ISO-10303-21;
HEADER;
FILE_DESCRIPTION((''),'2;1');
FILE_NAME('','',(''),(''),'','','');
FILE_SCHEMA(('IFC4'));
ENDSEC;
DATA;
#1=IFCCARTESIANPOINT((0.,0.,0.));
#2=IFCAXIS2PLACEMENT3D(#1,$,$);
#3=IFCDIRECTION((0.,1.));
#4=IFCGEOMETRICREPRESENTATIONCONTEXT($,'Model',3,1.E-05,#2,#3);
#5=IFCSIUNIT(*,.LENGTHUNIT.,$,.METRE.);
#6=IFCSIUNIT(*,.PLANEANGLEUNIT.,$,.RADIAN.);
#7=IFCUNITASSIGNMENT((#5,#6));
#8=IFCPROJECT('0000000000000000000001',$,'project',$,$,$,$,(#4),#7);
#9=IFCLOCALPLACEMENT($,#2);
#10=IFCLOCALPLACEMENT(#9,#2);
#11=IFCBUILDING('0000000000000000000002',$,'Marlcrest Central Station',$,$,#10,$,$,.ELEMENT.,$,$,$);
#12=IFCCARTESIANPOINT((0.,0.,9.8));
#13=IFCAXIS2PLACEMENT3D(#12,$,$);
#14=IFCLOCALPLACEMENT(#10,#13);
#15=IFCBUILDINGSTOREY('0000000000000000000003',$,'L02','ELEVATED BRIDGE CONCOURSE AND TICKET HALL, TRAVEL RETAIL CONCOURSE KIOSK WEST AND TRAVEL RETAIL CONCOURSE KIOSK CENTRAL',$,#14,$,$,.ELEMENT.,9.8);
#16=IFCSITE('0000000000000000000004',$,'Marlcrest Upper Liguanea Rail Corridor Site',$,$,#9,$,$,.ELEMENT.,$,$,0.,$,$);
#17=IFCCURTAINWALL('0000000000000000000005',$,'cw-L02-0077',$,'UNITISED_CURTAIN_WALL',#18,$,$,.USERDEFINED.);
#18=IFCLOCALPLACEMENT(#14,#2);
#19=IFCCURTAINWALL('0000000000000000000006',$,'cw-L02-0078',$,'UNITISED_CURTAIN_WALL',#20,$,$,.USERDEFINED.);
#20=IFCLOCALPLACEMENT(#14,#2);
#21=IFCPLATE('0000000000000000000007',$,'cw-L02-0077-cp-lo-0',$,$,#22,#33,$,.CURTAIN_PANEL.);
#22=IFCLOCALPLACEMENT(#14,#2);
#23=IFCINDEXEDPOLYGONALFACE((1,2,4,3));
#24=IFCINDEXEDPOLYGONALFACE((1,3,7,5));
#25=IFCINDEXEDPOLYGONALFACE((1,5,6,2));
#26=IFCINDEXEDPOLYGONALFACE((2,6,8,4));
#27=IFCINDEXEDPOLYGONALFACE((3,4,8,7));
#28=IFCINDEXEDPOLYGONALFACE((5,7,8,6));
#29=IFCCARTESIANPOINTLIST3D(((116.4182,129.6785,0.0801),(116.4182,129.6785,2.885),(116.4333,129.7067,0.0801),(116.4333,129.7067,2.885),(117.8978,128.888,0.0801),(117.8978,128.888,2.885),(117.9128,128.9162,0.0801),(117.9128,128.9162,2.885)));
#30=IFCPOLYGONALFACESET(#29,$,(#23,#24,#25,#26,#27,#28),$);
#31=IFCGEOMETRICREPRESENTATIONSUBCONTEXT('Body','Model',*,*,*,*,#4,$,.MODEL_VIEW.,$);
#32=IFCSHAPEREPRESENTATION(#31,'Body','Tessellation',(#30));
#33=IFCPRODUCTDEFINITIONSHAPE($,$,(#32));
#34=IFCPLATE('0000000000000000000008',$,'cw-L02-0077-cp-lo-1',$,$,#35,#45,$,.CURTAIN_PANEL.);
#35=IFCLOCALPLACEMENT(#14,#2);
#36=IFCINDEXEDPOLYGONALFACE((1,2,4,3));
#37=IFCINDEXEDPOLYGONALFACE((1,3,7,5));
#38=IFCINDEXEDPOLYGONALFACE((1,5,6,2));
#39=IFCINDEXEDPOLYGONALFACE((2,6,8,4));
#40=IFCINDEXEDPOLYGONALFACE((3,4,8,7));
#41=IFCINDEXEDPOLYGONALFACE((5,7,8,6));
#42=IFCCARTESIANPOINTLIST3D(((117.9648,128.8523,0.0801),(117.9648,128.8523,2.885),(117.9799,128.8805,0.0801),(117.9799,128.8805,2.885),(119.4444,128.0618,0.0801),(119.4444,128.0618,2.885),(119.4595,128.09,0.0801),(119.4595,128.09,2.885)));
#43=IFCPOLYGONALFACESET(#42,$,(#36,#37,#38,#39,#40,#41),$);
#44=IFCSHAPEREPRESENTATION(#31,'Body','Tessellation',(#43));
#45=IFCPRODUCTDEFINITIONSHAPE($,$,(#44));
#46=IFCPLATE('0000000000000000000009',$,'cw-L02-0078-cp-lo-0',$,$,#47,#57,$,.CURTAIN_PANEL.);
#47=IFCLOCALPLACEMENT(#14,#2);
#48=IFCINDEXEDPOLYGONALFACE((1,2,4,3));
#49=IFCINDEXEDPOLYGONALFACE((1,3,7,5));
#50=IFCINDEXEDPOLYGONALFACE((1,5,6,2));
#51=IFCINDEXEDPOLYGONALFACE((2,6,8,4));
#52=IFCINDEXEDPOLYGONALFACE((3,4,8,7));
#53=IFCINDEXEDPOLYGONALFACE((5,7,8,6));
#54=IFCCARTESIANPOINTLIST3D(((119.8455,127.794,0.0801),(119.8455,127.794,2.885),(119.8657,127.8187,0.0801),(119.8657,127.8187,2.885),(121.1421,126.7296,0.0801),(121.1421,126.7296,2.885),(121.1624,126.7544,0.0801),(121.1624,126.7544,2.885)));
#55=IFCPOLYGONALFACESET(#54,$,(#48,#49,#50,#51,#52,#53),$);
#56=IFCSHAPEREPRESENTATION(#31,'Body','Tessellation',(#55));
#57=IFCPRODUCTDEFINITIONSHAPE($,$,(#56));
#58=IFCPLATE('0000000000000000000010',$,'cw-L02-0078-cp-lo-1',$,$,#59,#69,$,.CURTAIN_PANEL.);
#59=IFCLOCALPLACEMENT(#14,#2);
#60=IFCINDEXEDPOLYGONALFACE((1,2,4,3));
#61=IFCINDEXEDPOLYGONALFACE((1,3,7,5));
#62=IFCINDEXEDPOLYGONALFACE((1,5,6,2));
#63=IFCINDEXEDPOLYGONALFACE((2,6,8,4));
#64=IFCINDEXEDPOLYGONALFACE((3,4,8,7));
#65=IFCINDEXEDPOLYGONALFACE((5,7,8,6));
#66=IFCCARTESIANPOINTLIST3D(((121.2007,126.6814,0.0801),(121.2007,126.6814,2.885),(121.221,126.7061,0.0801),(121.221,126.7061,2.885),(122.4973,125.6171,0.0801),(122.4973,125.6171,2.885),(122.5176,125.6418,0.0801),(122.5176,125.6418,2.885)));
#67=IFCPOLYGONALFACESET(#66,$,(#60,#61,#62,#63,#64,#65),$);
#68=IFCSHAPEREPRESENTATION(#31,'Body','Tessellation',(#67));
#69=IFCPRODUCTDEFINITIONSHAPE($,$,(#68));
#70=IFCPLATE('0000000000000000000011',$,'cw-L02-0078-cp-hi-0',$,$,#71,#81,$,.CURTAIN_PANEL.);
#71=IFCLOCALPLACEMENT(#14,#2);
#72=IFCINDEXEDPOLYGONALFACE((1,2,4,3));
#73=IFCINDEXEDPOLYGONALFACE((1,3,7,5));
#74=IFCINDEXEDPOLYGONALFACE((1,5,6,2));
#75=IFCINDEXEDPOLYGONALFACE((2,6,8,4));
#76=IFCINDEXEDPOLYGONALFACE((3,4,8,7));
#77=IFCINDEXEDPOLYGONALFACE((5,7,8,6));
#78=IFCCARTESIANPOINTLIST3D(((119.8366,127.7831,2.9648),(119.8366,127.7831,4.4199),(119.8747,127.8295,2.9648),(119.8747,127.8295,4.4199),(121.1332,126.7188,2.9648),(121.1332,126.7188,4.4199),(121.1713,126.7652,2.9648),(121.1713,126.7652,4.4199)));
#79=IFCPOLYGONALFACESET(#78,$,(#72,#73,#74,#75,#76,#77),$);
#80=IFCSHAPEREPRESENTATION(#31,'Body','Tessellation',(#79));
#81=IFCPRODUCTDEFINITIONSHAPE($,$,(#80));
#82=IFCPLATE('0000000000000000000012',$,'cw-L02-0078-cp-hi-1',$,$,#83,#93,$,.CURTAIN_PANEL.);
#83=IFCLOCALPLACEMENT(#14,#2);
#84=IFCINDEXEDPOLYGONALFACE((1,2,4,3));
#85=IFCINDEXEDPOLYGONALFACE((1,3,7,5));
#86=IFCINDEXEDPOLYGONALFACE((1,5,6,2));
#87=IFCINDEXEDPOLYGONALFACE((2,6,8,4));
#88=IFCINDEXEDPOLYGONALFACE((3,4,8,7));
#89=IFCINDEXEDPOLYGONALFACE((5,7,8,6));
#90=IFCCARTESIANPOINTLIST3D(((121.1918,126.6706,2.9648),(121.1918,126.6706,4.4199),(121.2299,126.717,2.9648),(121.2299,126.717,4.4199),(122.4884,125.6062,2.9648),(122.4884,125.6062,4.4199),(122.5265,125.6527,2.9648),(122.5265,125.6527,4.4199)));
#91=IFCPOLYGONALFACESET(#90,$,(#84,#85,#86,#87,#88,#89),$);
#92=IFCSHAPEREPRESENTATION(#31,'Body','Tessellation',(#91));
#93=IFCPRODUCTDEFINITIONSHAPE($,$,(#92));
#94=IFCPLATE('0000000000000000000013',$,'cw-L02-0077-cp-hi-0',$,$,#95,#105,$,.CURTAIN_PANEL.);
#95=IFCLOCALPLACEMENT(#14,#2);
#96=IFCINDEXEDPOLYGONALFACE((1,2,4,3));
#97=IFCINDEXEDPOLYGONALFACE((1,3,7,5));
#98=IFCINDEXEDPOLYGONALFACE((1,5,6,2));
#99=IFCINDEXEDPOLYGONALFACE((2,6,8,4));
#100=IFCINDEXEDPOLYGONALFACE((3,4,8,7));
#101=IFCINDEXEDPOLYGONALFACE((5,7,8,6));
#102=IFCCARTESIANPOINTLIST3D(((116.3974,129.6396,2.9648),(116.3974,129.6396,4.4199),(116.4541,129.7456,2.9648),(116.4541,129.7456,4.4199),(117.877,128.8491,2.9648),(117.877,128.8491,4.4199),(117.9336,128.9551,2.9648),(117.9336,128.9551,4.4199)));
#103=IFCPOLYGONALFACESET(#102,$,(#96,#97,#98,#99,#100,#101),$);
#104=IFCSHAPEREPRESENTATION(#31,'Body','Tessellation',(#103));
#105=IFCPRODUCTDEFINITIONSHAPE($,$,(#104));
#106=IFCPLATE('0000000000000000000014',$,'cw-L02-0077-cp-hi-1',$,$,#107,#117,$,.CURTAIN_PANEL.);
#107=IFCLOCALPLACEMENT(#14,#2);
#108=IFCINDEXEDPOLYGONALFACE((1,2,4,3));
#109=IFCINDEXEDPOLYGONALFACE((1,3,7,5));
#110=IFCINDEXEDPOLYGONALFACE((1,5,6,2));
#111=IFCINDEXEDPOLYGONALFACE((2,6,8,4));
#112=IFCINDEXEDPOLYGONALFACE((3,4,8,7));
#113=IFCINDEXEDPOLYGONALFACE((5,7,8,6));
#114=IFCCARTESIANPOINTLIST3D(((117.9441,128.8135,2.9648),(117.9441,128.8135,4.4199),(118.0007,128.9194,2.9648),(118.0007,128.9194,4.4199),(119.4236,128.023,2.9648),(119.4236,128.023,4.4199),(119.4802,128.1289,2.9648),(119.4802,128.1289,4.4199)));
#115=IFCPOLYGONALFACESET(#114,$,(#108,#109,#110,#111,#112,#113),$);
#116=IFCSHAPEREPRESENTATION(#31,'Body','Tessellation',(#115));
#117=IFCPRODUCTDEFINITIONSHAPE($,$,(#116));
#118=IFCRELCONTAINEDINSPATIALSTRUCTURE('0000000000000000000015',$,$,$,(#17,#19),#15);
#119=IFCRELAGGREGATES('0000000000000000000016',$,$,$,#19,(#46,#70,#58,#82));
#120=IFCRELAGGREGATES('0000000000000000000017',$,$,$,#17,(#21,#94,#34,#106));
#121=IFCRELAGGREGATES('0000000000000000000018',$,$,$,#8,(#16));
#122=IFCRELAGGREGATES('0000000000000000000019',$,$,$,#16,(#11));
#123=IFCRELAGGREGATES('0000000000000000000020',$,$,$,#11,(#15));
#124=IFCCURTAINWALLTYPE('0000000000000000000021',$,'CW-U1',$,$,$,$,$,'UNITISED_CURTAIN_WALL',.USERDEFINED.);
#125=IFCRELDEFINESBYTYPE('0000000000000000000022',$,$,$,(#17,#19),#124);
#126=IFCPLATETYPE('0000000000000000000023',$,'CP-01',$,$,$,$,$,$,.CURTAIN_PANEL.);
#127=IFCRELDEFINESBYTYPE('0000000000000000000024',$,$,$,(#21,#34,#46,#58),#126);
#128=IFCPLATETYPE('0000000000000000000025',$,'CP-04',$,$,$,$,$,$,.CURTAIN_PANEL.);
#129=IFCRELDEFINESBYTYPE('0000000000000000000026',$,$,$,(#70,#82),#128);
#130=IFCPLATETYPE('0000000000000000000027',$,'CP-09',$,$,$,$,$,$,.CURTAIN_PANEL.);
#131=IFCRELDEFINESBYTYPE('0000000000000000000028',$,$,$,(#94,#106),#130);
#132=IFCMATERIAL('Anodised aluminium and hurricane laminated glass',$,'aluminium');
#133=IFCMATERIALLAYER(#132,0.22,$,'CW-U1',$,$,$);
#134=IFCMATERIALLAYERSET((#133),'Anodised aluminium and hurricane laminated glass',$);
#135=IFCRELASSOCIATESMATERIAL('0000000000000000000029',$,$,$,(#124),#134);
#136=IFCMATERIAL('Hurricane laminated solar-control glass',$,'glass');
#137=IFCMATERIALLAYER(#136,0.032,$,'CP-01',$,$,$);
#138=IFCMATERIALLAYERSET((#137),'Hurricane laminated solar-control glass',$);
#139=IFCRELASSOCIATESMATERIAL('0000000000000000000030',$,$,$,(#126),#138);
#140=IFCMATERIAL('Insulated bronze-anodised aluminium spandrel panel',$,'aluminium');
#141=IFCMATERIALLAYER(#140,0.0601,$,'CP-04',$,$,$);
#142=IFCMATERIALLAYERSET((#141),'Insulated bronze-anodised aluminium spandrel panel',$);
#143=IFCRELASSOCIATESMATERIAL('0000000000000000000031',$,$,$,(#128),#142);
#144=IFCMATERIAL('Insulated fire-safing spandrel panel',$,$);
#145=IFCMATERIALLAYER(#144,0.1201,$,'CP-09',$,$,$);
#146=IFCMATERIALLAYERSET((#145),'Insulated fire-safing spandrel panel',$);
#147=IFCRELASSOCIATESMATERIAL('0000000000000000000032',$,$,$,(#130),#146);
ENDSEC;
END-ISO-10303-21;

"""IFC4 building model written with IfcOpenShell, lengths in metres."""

from ifc_helpers import new_model, si_unit, direction, frame, origin, origin_2d, place, context, subcontext, project, spatial, rectangle, extrude, material, layer, layer_set, type_object, element, aggregate, save


model = new_model("IFC4")

# Units and contexts
model_context = context("Model", 3, precision=1e-05, world=origin(), true_north=direction((0.0, 1.0)))
body_context = subcontext(model_context, "Body", "Model", "MODEL_VIEW")
ifc_project = project(units=[si_unit("LENGTHUNIT", "METRE"), si_unit("PLANEANGLEUNIT", "RADIAN")], contexts=[model_context])

# Site, building, storey
site_placement = place(None, origin())
site = spatial("IfcSite", under=ifc_project, at=site_placement, Name="Marlcrest Upper Liguanea Rail Corridor Site", CompositionType="ELEMENT", RefElevation=0.0)
building_placement = place(site_placement, origin())
building = spatial("IfcBuilding", under=site, at=building_placement, Name="Marlcrest Central Station", CompositionType="ELEMENT")
storey_placement = place(building_placement, frame((0.0, 0.0, 9.8)))
storey = spatial("IfcBuildingStorey", under=building, at=storey_placement, Name="L02", Description="ELEVATED BRIDGE CONCOURSE AND TICKET HALL, TRAVEL RETAIL CONCOURSE KIOSK WEST AND TRAVEL RETAIL CONCOURSE KIOSK CENTRAL", CompositionType="ELEMENT", Elevation=9.8)

# Curtain walls
ifc_material_1 = material(Name="Anodised aluminium and hurricane laminated glass", Category="aluminium")
ifc_layer_1 = layer(ifc_material_1, 0.22, Name="CW-U1")
ifc_layer_set_1 = layer_set([ifc_layer_1], Name="Anodised aluminium and hurricane laminated glass")
curtain_wall_type = type_object("IfcCurtainWallType", Name="CW-U1", ElementType="UNITISED_CURTAIN_WALL", PredefinedType="USERDEFINED", material=ifc_layer_set_1)
curtain_wall_1_placement = place(storey_placement, origin())
curtain_wall_1 = element("IfcCurtainWall", 1, at=curtain_wall_1_placement, inside=storey, type_object=curtain_wall_type, Name="cw-L02-0077", ObjectType="UNITISED_CURTAIN_WALL", PredefinedType="USERDEFINED")
curtain_wall_2_placement = place(storey_placement, origin())
curtain_wall_2 = element("IfcCurtainWall", 2, at=curtain_wall_2_placement, inside=storey, type_object=curtain_wall_type, Name="cw-L02-0078", ObjectType="UNITISED_CURTAIN_WALL", PredefinedType="USERDEFINED")

# Plates
ifc_material_2 = material(Name="Hurricane laminated solar-control glass", Category="glass")
ifc_layer_2 = layer(ifc_material_2, 0.032, Name="CP-01")
ifc_layer_set_2 = layer_set([ifc_layer_2], Name="Hurricane laminated solar-control glass")
plate_type_1 = type_object("IfcPlateType", Name="CP-01", PredefinedType="CURTAIN_PANEL", material=ifc_layer_set_2)
plate_1_placement = place(storey_placement, frame((117.1655, 129.2974, 0.0801), z_axis=(0.0, 0.0, 1.0), x_axis=(0.882004, -0.471243, 0.0)))
plate_1 = element("IfcPlate", 3, at=plate_1_placement, type_object=plate_type_1, Name="cw-L02-0077-cp-lo-0", PredefinedType="CURTAIN_PANEL", context=body_context, shape_type="SweptSolid", body=[
    extrude(rectangle(XDim=1.6775, YDim=0.032, at=origin_2d()), origin(), (0.0, 0.0, 1.0), 2.8049),
])
plate_2_placement = place(storey_placement, frame((118.7122, 128.4712, 0.0801), z_axis=(0.0, 0.0, 1.0), x_axis=(0.882004, -0.471243, 0.0)))
plate_2 = element("IfcPlate", 4, at=plate_2_placement, type_object=plate_type_1, Name="cw-L02-0077-cp-lo-1", PredefinedType="CURTAIN_PANEL", context=body_context, shape_type="SweptSolid", body=[
    extrude(rectangle(XDim=1.6775, YDim=0.032, at=origin_2d()), origin(), (0.0, 0.0, 1.0), 2.8049),
])
plate_3_placement = place(storey_placement, frame((120.5039, 127.2742, 0.0801), z_axis=(0.0, 0.0, 1.0), x_axis=(0.772944, -0.634474, 0.0)))
plate_3 = element("IfcPlate", 5, at=plate_3_placement, type_object=plate_type_1, Name="cw-L02-0078-cp-lo-0", PredefinedType="CURTAIN_PANEL", context=body_context, shape_type="SweptSolid", body=[
    extrude(rectangle(XDim=1.6775, YDim=0.032, at=origin_2d()), origin(), (0.0, 0.0, 1.0), 2.8049),
])
plate_4_placement = place(storey_placement, frame((121.8591, 126.1616, 0.0801), z_axis=(0.0, 0.0, 1.0), x_axis=(0.772944, -0.634474, 0.0)))
plate_4 = element("IfcPlate", 6, at=plate_4_placement, type_object=plate_type_1, Name="cw-L02-0078-cp-lo-1", PredefinedType="CURTAIN_PANEL", context=body_context, shape_type="SweptSolid", body=[
    extrude(rectangle(XDim=1.6775, YDim=0.032, at=origin_2d()), origin(), (0.0, 0.0, 1.0), 2.8049),
])
ifc_material_3 = material(Name="Insulated bronze-anodised aluminium spandrel panel", Category="aluminium")
ifc_layer_3 = layer(ifc_material_3, 0.0601, Name="CP-04")
ifc_layer_set_3 = layer_set([ifc_layer_3], Name="Insulated bronze-anodised aluminium spandrel panel")
plate_type_2 = type_object("IfcPlateType", Name="CP-04", PredefinedType="CURTAIN_PANEL", material=ifc_layer_set_3)
plate_5_placement = place(storey_placement, frame((120.5039, 127.2742, 2.9648), z_axis=(0.0, 0.0, 1.0), x_axis=(0.772944, -0.634474, 0.0)))
plate_5 = element("IfcPlate", 7, at=plate_5_placement, type_object=plate_type_2, Name="cw-L02-0078-cp-hi-0", PredefinedType="CURTAIN_PANEL", context=body_context, shape_type="SweptSolid", body=[
    extrude(rectangle(XDim=1.6775, YDim=0.0601, at=origin_2d()), origin(), (0.0, 0.0, 1.0), 1.4551),
])
plate_6_placement = place(storey_placement, frame((121.8591, 126.1616, 2.9648), z_axis=(0.0, 0.0, 1.0), x_axis=(0.772944, -0.634474, 0.0)))
plate_6 = element("IfcPlate", 8, at=plate_6_placement, type_object=plate_type_2, Name="cw-L02-0078-cp-hi-1", PredefinedType="CURTAIN_PANEL", context=body_context, shape_type="SweptSolid", body=[
    extrude(rectangle(XDim=1.6775, YDim=0.0601, at=origin_2d()), origin(), (0.0, 0.0, 1.0), 1.4551),
])
aggregate(curtain_wall_2, [plate_3, plate_5, plate_4, plate_6])
ifc_material_4 = material(Name="Insulated fire-safing spandrel panel")
ifc_layer_4 = layer(ifc_material_4, 0.1201, Name="CP-09")
ifc_layer_set_4 = layer_set([ifc_layer_4], Name="Insulated fire-safing spandrel panel")
plate_type_3 = type_object("IfcPlateType", Name="CP-09", PredefinedType="CURTAIN_PANEL", material=ifc_layer_set_4)
plate_7_placement = place(storey_placement, frame((117.1655, 129.2974, 2.9648), z_axis=(0.0, 0.0, 1.0), x_axis=(0.882004, -0.471243, 0.0)))
plate_7 = element("IfcPlate", 9, at=plate_7_placement, type_object=plate_type_3, Name="cw-L02-0077-cp-hi-0", PredefinedType="CURTAIN_PANEL", context=body_context, shape_type="SweptSolid", body=[
    extrude(rectangle(XDim=1.6775, YDim=0.1201, at=origin_2d()), origin(), (0.0, 0.0, 1.0), 1.4551),
])
plate_8_placement = place(storey_placement, frame((118.7122, 128.4712, 2.9648), z_axis=(0.0, 0.0, 1.0), x_axis=(0.882004, -0.471243, 0.0)))
plate_8 = element("IfcPlate", 10, at=plate_8_placement, type_object=plate_type_3, Name="cw-L02-0077-cp-hi-1", PredefinedType="CURTAIN_PANEL", context=body_context, shape_type="SweptSolid", body=[
    extrude(rectangle(XDim=1.6775, YDim=0.1201, at=origin_2d()), origin(), (0.0, 0.0, 1.0), 1.4551),
])
aggregate(curtain_wall_1, [plate_1, plate_7, plate_2, plate_8])

save(model, "model.ifc")
